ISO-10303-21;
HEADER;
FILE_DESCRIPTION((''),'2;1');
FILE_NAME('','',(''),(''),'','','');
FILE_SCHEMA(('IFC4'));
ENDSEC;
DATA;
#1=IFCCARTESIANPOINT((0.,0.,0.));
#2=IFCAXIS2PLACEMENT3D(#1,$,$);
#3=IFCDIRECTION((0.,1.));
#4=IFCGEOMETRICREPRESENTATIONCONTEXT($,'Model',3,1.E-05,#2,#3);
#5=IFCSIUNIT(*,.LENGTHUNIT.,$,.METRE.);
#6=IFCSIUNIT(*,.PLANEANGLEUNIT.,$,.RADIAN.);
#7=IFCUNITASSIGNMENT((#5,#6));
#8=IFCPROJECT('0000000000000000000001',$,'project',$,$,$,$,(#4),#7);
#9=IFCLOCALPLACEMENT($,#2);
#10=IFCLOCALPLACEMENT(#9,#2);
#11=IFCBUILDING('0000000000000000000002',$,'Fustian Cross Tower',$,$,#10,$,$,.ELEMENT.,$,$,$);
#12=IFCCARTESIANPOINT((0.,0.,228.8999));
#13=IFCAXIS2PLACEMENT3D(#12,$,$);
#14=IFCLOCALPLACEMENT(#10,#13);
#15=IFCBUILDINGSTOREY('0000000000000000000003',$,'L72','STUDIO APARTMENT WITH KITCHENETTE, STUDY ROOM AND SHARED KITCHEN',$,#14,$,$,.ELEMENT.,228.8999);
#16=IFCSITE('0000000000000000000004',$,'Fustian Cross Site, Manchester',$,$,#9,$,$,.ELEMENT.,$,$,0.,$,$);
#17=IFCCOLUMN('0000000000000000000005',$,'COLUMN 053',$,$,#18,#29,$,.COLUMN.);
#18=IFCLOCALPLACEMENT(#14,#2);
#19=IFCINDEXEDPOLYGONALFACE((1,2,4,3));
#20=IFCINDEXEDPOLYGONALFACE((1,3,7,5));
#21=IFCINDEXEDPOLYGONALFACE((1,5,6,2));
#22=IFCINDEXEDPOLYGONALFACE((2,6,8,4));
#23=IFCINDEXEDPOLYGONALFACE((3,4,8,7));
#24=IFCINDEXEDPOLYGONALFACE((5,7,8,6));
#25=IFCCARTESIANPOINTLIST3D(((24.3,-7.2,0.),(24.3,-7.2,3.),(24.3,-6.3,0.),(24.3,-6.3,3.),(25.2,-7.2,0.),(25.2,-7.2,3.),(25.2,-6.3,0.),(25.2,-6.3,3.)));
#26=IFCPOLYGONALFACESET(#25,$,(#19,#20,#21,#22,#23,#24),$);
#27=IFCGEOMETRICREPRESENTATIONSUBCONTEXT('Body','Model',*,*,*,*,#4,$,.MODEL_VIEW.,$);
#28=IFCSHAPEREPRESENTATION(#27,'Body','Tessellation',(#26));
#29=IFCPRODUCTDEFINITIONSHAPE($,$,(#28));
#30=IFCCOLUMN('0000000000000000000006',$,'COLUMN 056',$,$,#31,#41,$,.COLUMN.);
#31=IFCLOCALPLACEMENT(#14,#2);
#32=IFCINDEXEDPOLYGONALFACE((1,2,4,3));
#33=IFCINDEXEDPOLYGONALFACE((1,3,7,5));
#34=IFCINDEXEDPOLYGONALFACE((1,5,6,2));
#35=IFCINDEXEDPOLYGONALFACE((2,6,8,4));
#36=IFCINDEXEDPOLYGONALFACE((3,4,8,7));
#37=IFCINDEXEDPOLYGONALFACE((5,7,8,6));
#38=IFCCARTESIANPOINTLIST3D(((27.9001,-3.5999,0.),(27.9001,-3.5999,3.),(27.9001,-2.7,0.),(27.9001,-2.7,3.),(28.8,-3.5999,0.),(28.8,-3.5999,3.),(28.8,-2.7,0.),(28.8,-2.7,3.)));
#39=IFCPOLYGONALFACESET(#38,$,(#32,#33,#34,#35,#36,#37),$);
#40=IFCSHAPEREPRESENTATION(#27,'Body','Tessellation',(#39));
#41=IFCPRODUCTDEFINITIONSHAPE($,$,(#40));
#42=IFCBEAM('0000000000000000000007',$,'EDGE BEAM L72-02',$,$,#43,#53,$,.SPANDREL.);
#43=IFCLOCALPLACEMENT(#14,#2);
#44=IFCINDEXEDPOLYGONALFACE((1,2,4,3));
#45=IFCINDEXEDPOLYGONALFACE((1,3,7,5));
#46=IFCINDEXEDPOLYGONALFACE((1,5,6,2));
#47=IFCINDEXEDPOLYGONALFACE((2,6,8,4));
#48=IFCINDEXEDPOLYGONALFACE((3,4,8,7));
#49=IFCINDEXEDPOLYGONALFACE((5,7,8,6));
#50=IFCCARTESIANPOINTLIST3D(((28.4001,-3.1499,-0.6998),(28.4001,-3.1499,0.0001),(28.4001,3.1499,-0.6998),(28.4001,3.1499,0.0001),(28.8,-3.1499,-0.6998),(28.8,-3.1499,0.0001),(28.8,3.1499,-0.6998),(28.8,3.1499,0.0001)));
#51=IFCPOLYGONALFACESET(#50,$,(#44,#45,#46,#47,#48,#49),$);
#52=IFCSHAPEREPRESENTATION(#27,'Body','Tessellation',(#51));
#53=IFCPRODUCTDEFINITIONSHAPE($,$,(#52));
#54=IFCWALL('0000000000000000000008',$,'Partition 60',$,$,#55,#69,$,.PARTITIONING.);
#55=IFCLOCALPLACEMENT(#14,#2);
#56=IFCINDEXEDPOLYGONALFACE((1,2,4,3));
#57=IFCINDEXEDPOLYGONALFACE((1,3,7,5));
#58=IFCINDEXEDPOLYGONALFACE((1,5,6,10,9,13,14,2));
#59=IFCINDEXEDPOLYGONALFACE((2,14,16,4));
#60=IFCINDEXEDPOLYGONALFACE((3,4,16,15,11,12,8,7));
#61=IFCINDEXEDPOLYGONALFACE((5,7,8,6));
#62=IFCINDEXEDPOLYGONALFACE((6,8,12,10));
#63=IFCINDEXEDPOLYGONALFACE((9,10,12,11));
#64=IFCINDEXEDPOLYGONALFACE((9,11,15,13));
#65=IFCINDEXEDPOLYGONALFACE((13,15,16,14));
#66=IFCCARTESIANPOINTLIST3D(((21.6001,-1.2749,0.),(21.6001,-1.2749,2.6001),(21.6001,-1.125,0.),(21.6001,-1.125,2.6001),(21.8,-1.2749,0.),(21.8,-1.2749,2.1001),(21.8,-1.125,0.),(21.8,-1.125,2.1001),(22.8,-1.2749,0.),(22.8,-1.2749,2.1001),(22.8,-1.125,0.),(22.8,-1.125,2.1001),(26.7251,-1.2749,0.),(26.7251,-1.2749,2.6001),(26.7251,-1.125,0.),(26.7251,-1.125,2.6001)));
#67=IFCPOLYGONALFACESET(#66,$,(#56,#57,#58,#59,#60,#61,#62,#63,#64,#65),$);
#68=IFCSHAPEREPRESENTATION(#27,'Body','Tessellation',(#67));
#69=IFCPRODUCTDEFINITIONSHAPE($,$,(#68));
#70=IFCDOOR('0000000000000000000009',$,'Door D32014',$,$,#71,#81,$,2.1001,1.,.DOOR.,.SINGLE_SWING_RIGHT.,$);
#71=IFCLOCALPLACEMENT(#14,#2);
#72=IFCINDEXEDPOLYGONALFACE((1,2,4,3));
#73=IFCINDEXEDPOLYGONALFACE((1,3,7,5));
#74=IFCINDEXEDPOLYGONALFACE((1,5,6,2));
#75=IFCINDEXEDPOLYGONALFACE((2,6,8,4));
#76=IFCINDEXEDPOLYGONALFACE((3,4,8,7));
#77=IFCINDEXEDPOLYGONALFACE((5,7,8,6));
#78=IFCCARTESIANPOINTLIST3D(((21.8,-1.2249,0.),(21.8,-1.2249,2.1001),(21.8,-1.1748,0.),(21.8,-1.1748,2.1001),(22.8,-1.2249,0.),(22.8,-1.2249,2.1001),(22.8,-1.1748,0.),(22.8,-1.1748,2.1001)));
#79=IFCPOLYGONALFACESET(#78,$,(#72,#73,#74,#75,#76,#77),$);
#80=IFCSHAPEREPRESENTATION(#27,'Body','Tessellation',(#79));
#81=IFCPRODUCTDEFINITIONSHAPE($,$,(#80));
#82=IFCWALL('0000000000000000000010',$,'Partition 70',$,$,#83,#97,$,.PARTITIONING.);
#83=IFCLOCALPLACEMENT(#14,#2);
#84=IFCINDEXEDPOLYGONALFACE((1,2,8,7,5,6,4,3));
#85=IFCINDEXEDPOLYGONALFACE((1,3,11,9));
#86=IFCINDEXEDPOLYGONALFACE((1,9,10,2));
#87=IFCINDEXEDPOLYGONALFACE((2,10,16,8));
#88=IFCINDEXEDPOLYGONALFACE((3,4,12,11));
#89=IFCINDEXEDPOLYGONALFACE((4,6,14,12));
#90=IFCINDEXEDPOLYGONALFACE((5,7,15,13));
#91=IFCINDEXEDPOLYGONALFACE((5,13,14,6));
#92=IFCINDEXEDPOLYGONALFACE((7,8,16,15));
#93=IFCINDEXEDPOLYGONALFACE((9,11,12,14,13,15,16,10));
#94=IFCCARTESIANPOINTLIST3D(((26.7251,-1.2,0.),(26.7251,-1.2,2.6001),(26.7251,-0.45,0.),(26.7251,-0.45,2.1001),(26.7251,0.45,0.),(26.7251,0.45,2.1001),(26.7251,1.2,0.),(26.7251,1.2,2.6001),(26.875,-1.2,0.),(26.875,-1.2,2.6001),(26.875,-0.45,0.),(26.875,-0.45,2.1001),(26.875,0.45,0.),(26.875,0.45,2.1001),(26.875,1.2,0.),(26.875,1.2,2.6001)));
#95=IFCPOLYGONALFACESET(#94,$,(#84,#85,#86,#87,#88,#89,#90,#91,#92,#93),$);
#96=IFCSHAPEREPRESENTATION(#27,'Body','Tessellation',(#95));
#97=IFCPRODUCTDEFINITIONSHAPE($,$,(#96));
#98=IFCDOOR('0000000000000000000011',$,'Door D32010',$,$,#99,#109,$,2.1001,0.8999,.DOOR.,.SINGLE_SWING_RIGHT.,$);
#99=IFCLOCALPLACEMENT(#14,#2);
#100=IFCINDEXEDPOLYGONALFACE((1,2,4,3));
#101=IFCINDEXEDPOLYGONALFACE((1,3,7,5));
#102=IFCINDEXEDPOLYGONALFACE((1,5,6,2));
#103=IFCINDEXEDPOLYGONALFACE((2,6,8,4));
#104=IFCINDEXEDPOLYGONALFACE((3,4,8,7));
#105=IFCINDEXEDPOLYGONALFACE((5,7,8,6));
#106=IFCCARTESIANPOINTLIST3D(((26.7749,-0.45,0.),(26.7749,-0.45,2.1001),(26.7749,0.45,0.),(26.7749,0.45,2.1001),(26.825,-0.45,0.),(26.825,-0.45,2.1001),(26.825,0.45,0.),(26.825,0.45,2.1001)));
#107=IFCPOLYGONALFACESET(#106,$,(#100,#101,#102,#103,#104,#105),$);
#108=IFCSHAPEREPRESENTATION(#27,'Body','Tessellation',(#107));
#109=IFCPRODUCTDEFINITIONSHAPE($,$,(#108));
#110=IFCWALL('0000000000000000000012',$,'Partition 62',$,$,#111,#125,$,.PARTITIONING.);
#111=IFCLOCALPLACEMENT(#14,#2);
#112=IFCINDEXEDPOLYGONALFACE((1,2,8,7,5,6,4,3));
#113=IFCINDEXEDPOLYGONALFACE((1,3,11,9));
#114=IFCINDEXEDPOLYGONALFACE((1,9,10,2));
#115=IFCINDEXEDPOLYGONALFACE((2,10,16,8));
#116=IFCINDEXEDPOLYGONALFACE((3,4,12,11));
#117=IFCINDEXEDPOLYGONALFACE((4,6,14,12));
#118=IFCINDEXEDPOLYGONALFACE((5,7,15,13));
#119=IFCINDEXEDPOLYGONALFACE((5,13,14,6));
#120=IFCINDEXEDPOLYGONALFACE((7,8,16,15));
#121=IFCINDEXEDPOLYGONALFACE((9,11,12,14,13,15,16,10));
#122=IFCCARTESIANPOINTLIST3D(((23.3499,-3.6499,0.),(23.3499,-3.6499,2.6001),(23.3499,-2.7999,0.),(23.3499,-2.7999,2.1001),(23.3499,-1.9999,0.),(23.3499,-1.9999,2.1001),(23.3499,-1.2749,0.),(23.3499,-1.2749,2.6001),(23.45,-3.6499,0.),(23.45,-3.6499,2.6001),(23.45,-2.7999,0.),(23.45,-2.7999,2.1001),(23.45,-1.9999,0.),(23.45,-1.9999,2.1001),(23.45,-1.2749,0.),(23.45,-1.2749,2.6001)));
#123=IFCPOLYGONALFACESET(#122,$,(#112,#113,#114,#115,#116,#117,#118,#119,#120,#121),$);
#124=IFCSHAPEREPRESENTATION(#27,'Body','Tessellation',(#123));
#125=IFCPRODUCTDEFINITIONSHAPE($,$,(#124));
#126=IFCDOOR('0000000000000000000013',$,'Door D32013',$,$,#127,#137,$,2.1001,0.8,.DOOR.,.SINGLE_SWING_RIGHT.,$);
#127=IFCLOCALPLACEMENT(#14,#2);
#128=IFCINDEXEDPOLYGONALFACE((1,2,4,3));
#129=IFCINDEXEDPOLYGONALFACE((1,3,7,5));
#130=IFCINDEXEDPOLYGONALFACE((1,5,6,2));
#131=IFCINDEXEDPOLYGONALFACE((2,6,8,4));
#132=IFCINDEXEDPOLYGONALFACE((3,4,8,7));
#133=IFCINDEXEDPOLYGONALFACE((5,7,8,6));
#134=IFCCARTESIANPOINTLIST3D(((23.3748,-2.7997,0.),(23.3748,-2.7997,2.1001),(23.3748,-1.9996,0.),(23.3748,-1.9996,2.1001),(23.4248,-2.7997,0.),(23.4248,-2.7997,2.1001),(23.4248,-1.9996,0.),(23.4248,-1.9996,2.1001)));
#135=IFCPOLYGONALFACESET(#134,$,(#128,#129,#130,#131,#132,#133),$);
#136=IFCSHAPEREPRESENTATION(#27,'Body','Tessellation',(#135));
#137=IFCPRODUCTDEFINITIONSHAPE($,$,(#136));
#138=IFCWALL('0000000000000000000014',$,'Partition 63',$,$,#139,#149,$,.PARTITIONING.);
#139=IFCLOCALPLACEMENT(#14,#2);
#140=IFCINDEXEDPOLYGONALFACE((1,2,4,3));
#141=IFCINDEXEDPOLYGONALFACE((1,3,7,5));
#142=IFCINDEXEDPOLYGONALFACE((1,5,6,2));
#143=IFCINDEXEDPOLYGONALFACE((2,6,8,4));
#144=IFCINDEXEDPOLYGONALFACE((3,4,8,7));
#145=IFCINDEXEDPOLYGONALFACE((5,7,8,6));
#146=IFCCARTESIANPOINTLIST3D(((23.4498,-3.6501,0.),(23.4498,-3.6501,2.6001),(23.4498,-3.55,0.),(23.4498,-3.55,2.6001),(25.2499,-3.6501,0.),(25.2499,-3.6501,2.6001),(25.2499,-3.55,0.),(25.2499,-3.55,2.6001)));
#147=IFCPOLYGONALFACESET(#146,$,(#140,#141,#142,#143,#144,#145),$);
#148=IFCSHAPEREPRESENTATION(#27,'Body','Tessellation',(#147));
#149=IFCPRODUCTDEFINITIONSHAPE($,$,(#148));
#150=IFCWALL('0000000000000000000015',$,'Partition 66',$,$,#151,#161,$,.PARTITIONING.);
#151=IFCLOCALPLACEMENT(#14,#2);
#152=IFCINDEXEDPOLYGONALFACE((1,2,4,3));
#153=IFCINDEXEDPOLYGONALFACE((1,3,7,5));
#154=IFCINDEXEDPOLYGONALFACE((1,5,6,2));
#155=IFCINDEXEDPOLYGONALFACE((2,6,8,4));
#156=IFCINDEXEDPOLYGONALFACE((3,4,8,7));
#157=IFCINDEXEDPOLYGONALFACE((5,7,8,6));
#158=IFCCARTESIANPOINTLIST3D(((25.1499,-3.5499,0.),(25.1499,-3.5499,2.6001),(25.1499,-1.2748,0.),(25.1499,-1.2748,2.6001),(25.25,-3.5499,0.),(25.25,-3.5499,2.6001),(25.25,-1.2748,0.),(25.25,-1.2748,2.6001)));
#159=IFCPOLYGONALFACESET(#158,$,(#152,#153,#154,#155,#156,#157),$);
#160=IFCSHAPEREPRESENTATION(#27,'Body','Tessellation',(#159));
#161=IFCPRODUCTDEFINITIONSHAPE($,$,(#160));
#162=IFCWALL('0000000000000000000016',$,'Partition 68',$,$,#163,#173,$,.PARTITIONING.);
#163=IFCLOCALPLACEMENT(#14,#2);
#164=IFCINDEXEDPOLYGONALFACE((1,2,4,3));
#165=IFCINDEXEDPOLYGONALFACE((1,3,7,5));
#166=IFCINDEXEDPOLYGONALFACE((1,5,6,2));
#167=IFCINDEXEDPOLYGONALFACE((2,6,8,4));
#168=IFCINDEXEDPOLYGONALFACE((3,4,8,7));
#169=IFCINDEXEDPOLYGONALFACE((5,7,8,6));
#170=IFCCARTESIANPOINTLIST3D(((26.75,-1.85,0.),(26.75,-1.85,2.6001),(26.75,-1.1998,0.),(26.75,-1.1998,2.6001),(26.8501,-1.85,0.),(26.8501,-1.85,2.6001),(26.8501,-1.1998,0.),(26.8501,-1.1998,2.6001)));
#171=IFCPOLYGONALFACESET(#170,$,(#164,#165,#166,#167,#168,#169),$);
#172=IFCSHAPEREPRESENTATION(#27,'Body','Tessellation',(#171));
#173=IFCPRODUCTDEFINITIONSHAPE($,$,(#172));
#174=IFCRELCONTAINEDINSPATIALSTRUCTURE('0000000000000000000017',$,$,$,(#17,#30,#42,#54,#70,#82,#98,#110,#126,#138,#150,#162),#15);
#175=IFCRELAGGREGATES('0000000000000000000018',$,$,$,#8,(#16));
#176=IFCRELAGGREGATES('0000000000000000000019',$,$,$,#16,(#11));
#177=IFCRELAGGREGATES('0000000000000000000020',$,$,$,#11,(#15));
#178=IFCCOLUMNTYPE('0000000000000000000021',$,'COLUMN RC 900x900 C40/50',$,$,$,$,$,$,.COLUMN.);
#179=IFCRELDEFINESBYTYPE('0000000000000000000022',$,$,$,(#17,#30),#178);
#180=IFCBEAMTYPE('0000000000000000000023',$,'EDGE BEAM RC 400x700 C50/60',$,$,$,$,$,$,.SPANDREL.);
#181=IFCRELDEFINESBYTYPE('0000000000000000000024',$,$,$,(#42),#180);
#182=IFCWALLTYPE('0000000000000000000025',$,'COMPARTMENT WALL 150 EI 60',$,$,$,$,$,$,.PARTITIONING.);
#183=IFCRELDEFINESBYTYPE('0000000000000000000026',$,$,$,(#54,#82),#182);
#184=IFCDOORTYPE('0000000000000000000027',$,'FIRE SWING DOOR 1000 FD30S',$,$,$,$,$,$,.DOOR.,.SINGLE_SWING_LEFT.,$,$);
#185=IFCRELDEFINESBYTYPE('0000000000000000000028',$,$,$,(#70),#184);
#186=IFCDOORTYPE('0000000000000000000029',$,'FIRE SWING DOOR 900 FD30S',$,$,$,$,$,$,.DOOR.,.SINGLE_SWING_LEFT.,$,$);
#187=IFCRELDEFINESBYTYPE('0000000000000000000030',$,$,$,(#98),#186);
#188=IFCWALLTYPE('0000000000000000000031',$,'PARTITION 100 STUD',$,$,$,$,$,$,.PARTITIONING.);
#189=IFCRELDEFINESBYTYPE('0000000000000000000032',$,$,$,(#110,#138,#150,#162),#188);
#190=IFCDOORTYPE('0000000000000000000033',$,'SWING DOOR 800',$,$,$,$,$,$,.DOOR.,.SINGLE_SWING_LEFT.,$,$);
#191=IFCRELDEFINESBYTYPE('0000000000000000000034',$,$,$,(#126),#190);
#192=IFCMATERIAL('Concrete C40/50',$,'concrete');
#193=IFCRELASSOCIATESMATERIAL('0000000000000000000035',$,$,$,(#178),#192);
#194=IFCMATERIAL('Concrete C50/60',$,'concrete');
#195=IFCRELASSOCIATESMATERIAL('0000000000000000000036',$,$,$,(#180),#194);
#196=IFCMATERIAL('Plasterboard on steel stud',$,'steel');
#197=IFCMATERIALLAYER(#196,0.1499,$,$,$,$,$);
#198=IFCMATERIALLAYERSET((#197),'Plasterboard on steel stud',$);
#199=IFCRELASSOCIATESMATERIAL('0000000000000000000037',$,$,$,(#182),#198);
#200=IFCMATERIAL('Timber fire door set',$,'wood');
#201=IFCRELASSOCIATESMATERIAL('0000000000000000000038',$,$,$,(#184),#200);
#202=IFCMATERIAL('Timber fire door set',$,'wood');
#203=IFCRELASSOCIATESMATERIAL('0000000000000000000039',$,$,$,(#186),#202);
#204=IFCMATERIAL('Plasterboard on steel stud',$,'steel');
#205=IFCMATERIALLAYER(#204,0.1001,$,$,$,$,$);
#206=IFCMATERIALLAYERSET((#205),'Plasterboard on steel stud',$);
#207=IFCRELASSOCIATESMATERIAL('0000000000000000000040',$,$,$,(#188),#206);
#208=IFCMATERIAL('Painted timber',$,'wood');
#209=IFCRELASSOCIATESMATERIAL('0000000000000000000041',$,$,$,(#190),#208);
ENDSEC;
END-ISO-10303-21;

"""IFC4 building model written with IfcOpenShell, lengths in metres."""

from ifc_helpers import new_model, si_unit, direction, frame, frame_2d, origin, origin_2d, place, context, subcontext, project, spatial, rectangle, extrude, material, layer, layer_set, material_profile, profile_set, type_object, element, fill, save


model = new_model("IFC4")

# Units and contexts
model_context = context("Model", 3, precision=1e-05, world=origin(), true_north=direction((0.0, 1.0)))
body_context = subcontext(model_context, "Body", "Model", "MODEL_VIEW")
ifc_project = project(units=[si_unit("LENGTHUNIT", "METRE"), si_unit("PLANEANGLEUNIT", "RADIAN")], contexts=[model_context])

# Site, building, storey
site_placement = place(None, origin())
site = spatial("IfcSite", under=ifc_project, at=site_placement, Name="Fustian Cross Site, Manchester", CompositionType="ELEMENT", RefElevation=0.0)
building_placement = place(site_placement, origin())
building = spatial("IfcBuilding", under=site, at=building_placement, Name="Fustian Cross Tower", CompositionType="ELEMENT")
storey_placement = place(building_placement, frame((0.0, 0.0, 228.8999)))
storey = spatial("IfcBuildingStorey", under=building, at=storey_placement, Name="L72", Description="STUDIO APARTMENT WITH KITCHENETTE, STUDY ROOM AND SHARED KITCHEN", CompositionType="ELEMENT", Elevation=228.8999)

# Columns
ifc_material_1 = material(Name="Concrete C40/50", Category="concrete")
ifc_material_profile_1 = material_profile(ifc_material_1, rectangle(XDim=0.8999, YDim=0.8999, at=origin_2d()), Name="RC 900x900")
ifc_profile_set_1 = profile_set([ifc_material_profile_1], Name="Concrete C40/50")
column_type = type_object("IfcColumnType", Name="COLUMN RC 900x900 C40/50", PredefinedType="COLUMN", material=ifc_profile_set_1)
for number, where, z_axis, x_axis, name in (
    (1, (24.75, -6.75, 0.0), (0.0, 0.0, 1.0), (1.0, 0.0, 0.0), "COLUMN 053"),
    (2, (28.3501, -3.1499, 0.0), (0.0, 0.0, 1.0), (1.0, 0.0, 0.0), "COLUMN 056"),
):
    element("IfcColumn", number, at=place(storey_placement, frame(where, z_axis=z_axis, x_axis=x_axis)), inside=storey, type_object=column_type, Name=name, PredefinedType="COLUMN", context=body_context, shape_type="SweptSolid", body=[
        extrude(rectangle(XDim=0.8999, YDim=0.8999, at=origin_2d()), origin(), (0.0, 0.0, 1.0), 3.0),
    ])

# Beam
ifc_material_2 = material(Name="Concrete C50/60", Category="concrete")
ifc_material_profile_2 = material_profile(ifc_material_2, rectangle(XDim=0.3999, YDim=0.7, at=origin_2d()), Name="RC 400x700")
ifc_profile_set_2 = profile_set([ifc_material_profile_2], Name="Concrete C50/60")
beam_type = type_object("IfcBeamType", Name="EDGE BEAM RC 400x700 C50/60", PredefinedType="SPANDREL", material=ifc_profile_set_2)
beam_placement = place(storey_placement, frame((28.6001, -3.1499, -0.3499), z_axis=(0.0, 1.0, 0.0), x_axis=(-1.0, 0.0, 0.0)))
element("IfcBeam", 3, at=beam_placement, inside=storey, type_object=beam_type, Name="EDGE BEAM L72-02", PredefinedType="SPANDREL", context=body_context, shape_type="SweptSolid", body=[
    extrude(rectangle(XDim=0.3999, YDim=0.7, at=origin_2d()), origin(), (0.0, 0.0, 1.0), 6.2998),
])

# Walls, openings, doors
ifc_material_3 = material(Name="Plasterboard on steel stud", Category="steel")
ifc_layer_1 = layer(ifc_material_3, 0.1499)
ifc_layer_set_1 = layer_set([ifc_layer_1], Name="Plasterboard on steel stud")
wall_type_1 = type_object("IfcWallType", Name="COMPARTMENT WALL 150 EI 60", PredefinedType="PARTITIONING", material=ifc_layer_set_1)
wall_1_placement = place(storey_placement, frame((21.6001, -1.2, 0.0), z_axis=(0.0, 0.0, 1.0), x_axis=(1.0, 0.0, 0.0)))
wall_1 = element("IfcWall", 4, at=wall_1_placement, inside=storey, type_object=wall_type_1, Name="Partition 60", PredefinedType="PARTITIONING", context=body_context, shape_type="SweptSolid", body=[
    extrude(rectangle(XDim=5.125, YDim=0.1499, at=frame_2d((2.5625, 0.0))), origin(), (0.0, 0.0, 1.0), 2.6001),
])
opening_1_placement = place(wall_1_placement, frame((0.2, 0.0, 0.0)))
opening_1 = element("IfcOpeningElement", 5, at=opening_1_placement, cuts=wall_1, PredefinedType="OPENING", context=body_context, shape_type="SweptSolid", body=[
    extrude(rectangle(XDim=1.0, YDim=2.1001, at=frame_2d((0.5, 1.05))), frame((0.0, 0.085, 0.0), z_axis=(0.0, -1.0, 0.0), x_axis=(1.0, 0.0, 0.0)), (0.0, 0.0, 1.0), 0.1699),
])
ifc_material_4 = material(Name="Timber fire door set", Category="wood")
door_type_1 = type_object("IfcDoorType", Name="FIRE SWING DOOR 1000 FD30S", OperationType="SINGLE_SWING_LEFT", PredefinedType="DOOR", material=ifc_material_4)
door_1_placement = place(opening_1_placement, frame((1.0, 0.0, 0.0), z_axis=(0.0, 0.0, 1.0), x_axis=(-1.0, 0.0, 0.0)))
door_1 = element("IfcDoor", 6, at=door_1_placement, inside=storey, type_object=door_type_1, Name="Door D32014", OperationType="SINGLE_SWING_RIGHT", OverallHeight=2.1001, OverallWidth=1.0, PredefinedType="DOOR", context=body_context, shape_type="SweptSolid", body=[
    extrude(rectangle(XDim=1.0, YDim=2.1001, at=frame_2d((0.5, 1.05))), frame((0.0, 0.0249, 0.0), z_axis=(0.0, -1.0, 0.0), x_axis=(1.0, 0.0, 0.0)), (0.0, 0.0, 1.0), 0.05),
])
fill(opening_1, door_1)
wall_2_placement = place(storey_placement, frame((26.8, -1.2, 0.0), z_axis=(0.0, 0.0, 1.0), x_axis=(0.0, 1.0, 0.0)))
wall_2 = element("IfcWall", 7, at=wall_2_placement, inside=storey, type_object=wall_type_1, Name="Partition 70", PredefinedType="PARTITIONING", context=body_context, shape_type="SweptSolid", body=[
    extrude(rectangle(XDim=2.3999, YDim=0.1499, at=frame_2d((1.2, 0.0))), origin(), (0.0, 0.0, 1.0), 2.6001),
])
opening_2_placement = place(wall_2_placement, frame((0.75, 0.0, 0.0)))
opening_2 = element("IfcOpeningElement", 8, at=opening_2_placement, cuts=wall_2, PredefinedType="OPENING", context=body_context, shape_type="SweptSolid", body=[
    extrude(rectangle(XDim=0.8999, YDim=2.1001, at=frame_2d((0.45, 1.05))), frame((0.0, 0.085, 0.0), z_axis=(0.0, -1.0, 0.0), x_axis=(1.0, 0.0, 0.0)), (0.0, 0.0, 1.0), 0.1699),
])
ifc_material_5 = material(Name="Timber fire door set", Category="wood")
door_type_2 = type_object("IfcDoorType", Name="FIRE SWING DOOR 900 FD30S", OperationType="SINGLE_SWING_LEFT", PredefinedType="DOOR", material=ifc_material_5)
door_2_placement = place(opening_2_placement, frame((0.8999, 0.0, 0.0), z_axis=(0.0, 0.0, 1.0), x_axis=(-1.0, 0.0, 0.0)))
door_2 = element("IfcDoor", 9, at=door_2_placement, inside=storey, type_object=door_type_2, Name="Door D32010", OperationType="SINGLE_SWING_RIGHT", OverallHeight=2.1001, OverallWidth=0.8999, PredefinedType="DOOR", context=body_context, shape_type="SweptSolid", body=[
    extrude(rectangle(XDim=0.8999, YDim=2.1001, at=frame_2d((0.45, 1.05))), frame((0.0, 0.0249, 0.0), z_axis=(0.0, -1.0, 0.0), x_axis=(1.0, 0.0, 0.0)), (0.0, 0.0, 1.0), 0.05),
])
fill(opening_2, door_2)
ifc_material_6 = material(Name="Plasterboard on steel stud", Category="steel")
ifc_layer_2 = layer(ifc_material_6, 0.1001)
ifc_layer_set_2 = layer_set([ifc_layer_2], Name="Plasterboard on steel stud")
wall_type_2 = type_object("IfcWallType", Name="PARTITION 100 STUD", PredefinedType="PARTITIONING", material=ifc_layer_set_2)
wall_3_placement = place(storey_placement, frame((23.3999, -3.6499, 0.0), z_axis=(0.0, 0.0, 1.0), x_axis=(0.0, 1.0, 0.0)))
wall_3 = element("IfcWall", 10, at=wall_3_placement, inside=storey, type_object=wall_type_2, Name="Partition 62", PredefinedType="PARTITIONING", context=body_context, shape_type="SweptSolid", body=[
    extrude(rectangle(XDim=2.375, YDim=0.1001, at=frame_2d((1.1875, 0.0))), origin(), (0.0, 0.0, 1.0), 2.6001),
])
opening_3_placement = place(wall_3_placement, frame((0.8501, 0.0, 0.0)))
opening_3 = element("IfcOpeningElement", 11, at=opening_3_placement, cuts=wall_3, PredefinedType="OPENING", context=body_context, shape_type="SweptSolid", body=[
    extrude(rectangle(XDim=0.8, YDim=2.1001, at=frame_2d((0.3999, 1.05))), frame((0.0, 0.0601, 0.0), z_axis=(0.0, -1.0, 0.0), x_axis=(1.0, 0.0, 0.0)), (0.0, 0.0, 1.0), 0.1201),
])
ifc_material_7 = material(Name="Painted timber", Category="wood")
door_type_3 = type_object("IfcDoorType", Name="SWING DOOR 800", OperationType="SINGLE_SWING_LEFT", PredefinedType="DOOR", material=ifc_material_7)
door_3_placement = place(opening_3_placement, frame((0.8, 0.0, 0.0), z_axis=(0.0, 0.0, 1.0), x_axis=(-1.0, 0.0, 0.0)))
door_3 = element("IfcDoor", 12, at=door_3_placement, inside=storey, type_object=door_type_3, Name="Door D32013", OperationType="SINGLE_SWING_RIGHT", OverallHeight=2.1001, OverallWidth=0.8, PredefinedType="DOOR", context=body_context, shape_type="SweptSolid", body=[
    extrude(rectangle(XDim=0.8, YDim=2.1001, at=frame_2d((0.3999, 1.05))), frame((0.0, 0.0249, 0.0), z_axis=(0.0, -1.0, 0.0), x_axis=(1.0, 0.0, 0.0)), (0.0, 0.0, 1.0), 0.05),
])
fill(opening_3, door_3)

# Walls
wall_4_placement = place(storey_placement, frame((23.45, -3.6001, 0.0), z_axis=(0.0, 0.0, 1.0), x_axis=(1.0, 0.0, 0.0)))
element("IfcWall", 13, at=wall_4_placement, inside=storey, type_object=wall_type_2, Name="Partition 63", PredefinedType="PARTITIONING", context=body_context, shape_type="SweptSolid", body=[
    extrude(rectangle(XDim=1.8, YDim=0.1001, at=frame_2d((0.8999, 0.0))), origin(), (0.0, 0.0, 1.0), 2.6001),
])
wall_5_placement = place(storey_placement, frame((25.2, -3.55, 0.0), z_axis=(0.0, 0.0, 1.0), x_axis=(0.0, 1.0, 0.0)))
element("IfcWall", 14, at=wall_5_placement, inside=storey, type_object=wall_type_2, Name="Partition 66", PredefinedType="PARTITIONING", context=body_context, shape_type="SweptSolid", body=[
    extrude(rectangle(XDim=2.2751, YDim=0.1001, at=frame_2d((1.1377, 0.0))), origin(), (0.0, 0.0, 1.0), 2.6001),
])
wall_6_placement = place(storey_placement, frame((26.8, -1.8501, 0.0), z_axis=(0.0, 0.0, 1.0), x_axis=(0.0, 1.0, 0.0)))
element("IfcWall", 15, at=wall_6_placement, inside=storey, type_object=wall_type_2, Name="Partition 68", PredefinedType="PARTITIONING", context=body_context, shape_type="SweptSolid", body=[
    extrude(rectangle(XDim=0.6501, YDim=0.1001, at=frame_2d((0.3252, 0.0))), origin(), (0.0, 0.0, 1.0), 2.6001),
])

save(model, "model.ifc")
